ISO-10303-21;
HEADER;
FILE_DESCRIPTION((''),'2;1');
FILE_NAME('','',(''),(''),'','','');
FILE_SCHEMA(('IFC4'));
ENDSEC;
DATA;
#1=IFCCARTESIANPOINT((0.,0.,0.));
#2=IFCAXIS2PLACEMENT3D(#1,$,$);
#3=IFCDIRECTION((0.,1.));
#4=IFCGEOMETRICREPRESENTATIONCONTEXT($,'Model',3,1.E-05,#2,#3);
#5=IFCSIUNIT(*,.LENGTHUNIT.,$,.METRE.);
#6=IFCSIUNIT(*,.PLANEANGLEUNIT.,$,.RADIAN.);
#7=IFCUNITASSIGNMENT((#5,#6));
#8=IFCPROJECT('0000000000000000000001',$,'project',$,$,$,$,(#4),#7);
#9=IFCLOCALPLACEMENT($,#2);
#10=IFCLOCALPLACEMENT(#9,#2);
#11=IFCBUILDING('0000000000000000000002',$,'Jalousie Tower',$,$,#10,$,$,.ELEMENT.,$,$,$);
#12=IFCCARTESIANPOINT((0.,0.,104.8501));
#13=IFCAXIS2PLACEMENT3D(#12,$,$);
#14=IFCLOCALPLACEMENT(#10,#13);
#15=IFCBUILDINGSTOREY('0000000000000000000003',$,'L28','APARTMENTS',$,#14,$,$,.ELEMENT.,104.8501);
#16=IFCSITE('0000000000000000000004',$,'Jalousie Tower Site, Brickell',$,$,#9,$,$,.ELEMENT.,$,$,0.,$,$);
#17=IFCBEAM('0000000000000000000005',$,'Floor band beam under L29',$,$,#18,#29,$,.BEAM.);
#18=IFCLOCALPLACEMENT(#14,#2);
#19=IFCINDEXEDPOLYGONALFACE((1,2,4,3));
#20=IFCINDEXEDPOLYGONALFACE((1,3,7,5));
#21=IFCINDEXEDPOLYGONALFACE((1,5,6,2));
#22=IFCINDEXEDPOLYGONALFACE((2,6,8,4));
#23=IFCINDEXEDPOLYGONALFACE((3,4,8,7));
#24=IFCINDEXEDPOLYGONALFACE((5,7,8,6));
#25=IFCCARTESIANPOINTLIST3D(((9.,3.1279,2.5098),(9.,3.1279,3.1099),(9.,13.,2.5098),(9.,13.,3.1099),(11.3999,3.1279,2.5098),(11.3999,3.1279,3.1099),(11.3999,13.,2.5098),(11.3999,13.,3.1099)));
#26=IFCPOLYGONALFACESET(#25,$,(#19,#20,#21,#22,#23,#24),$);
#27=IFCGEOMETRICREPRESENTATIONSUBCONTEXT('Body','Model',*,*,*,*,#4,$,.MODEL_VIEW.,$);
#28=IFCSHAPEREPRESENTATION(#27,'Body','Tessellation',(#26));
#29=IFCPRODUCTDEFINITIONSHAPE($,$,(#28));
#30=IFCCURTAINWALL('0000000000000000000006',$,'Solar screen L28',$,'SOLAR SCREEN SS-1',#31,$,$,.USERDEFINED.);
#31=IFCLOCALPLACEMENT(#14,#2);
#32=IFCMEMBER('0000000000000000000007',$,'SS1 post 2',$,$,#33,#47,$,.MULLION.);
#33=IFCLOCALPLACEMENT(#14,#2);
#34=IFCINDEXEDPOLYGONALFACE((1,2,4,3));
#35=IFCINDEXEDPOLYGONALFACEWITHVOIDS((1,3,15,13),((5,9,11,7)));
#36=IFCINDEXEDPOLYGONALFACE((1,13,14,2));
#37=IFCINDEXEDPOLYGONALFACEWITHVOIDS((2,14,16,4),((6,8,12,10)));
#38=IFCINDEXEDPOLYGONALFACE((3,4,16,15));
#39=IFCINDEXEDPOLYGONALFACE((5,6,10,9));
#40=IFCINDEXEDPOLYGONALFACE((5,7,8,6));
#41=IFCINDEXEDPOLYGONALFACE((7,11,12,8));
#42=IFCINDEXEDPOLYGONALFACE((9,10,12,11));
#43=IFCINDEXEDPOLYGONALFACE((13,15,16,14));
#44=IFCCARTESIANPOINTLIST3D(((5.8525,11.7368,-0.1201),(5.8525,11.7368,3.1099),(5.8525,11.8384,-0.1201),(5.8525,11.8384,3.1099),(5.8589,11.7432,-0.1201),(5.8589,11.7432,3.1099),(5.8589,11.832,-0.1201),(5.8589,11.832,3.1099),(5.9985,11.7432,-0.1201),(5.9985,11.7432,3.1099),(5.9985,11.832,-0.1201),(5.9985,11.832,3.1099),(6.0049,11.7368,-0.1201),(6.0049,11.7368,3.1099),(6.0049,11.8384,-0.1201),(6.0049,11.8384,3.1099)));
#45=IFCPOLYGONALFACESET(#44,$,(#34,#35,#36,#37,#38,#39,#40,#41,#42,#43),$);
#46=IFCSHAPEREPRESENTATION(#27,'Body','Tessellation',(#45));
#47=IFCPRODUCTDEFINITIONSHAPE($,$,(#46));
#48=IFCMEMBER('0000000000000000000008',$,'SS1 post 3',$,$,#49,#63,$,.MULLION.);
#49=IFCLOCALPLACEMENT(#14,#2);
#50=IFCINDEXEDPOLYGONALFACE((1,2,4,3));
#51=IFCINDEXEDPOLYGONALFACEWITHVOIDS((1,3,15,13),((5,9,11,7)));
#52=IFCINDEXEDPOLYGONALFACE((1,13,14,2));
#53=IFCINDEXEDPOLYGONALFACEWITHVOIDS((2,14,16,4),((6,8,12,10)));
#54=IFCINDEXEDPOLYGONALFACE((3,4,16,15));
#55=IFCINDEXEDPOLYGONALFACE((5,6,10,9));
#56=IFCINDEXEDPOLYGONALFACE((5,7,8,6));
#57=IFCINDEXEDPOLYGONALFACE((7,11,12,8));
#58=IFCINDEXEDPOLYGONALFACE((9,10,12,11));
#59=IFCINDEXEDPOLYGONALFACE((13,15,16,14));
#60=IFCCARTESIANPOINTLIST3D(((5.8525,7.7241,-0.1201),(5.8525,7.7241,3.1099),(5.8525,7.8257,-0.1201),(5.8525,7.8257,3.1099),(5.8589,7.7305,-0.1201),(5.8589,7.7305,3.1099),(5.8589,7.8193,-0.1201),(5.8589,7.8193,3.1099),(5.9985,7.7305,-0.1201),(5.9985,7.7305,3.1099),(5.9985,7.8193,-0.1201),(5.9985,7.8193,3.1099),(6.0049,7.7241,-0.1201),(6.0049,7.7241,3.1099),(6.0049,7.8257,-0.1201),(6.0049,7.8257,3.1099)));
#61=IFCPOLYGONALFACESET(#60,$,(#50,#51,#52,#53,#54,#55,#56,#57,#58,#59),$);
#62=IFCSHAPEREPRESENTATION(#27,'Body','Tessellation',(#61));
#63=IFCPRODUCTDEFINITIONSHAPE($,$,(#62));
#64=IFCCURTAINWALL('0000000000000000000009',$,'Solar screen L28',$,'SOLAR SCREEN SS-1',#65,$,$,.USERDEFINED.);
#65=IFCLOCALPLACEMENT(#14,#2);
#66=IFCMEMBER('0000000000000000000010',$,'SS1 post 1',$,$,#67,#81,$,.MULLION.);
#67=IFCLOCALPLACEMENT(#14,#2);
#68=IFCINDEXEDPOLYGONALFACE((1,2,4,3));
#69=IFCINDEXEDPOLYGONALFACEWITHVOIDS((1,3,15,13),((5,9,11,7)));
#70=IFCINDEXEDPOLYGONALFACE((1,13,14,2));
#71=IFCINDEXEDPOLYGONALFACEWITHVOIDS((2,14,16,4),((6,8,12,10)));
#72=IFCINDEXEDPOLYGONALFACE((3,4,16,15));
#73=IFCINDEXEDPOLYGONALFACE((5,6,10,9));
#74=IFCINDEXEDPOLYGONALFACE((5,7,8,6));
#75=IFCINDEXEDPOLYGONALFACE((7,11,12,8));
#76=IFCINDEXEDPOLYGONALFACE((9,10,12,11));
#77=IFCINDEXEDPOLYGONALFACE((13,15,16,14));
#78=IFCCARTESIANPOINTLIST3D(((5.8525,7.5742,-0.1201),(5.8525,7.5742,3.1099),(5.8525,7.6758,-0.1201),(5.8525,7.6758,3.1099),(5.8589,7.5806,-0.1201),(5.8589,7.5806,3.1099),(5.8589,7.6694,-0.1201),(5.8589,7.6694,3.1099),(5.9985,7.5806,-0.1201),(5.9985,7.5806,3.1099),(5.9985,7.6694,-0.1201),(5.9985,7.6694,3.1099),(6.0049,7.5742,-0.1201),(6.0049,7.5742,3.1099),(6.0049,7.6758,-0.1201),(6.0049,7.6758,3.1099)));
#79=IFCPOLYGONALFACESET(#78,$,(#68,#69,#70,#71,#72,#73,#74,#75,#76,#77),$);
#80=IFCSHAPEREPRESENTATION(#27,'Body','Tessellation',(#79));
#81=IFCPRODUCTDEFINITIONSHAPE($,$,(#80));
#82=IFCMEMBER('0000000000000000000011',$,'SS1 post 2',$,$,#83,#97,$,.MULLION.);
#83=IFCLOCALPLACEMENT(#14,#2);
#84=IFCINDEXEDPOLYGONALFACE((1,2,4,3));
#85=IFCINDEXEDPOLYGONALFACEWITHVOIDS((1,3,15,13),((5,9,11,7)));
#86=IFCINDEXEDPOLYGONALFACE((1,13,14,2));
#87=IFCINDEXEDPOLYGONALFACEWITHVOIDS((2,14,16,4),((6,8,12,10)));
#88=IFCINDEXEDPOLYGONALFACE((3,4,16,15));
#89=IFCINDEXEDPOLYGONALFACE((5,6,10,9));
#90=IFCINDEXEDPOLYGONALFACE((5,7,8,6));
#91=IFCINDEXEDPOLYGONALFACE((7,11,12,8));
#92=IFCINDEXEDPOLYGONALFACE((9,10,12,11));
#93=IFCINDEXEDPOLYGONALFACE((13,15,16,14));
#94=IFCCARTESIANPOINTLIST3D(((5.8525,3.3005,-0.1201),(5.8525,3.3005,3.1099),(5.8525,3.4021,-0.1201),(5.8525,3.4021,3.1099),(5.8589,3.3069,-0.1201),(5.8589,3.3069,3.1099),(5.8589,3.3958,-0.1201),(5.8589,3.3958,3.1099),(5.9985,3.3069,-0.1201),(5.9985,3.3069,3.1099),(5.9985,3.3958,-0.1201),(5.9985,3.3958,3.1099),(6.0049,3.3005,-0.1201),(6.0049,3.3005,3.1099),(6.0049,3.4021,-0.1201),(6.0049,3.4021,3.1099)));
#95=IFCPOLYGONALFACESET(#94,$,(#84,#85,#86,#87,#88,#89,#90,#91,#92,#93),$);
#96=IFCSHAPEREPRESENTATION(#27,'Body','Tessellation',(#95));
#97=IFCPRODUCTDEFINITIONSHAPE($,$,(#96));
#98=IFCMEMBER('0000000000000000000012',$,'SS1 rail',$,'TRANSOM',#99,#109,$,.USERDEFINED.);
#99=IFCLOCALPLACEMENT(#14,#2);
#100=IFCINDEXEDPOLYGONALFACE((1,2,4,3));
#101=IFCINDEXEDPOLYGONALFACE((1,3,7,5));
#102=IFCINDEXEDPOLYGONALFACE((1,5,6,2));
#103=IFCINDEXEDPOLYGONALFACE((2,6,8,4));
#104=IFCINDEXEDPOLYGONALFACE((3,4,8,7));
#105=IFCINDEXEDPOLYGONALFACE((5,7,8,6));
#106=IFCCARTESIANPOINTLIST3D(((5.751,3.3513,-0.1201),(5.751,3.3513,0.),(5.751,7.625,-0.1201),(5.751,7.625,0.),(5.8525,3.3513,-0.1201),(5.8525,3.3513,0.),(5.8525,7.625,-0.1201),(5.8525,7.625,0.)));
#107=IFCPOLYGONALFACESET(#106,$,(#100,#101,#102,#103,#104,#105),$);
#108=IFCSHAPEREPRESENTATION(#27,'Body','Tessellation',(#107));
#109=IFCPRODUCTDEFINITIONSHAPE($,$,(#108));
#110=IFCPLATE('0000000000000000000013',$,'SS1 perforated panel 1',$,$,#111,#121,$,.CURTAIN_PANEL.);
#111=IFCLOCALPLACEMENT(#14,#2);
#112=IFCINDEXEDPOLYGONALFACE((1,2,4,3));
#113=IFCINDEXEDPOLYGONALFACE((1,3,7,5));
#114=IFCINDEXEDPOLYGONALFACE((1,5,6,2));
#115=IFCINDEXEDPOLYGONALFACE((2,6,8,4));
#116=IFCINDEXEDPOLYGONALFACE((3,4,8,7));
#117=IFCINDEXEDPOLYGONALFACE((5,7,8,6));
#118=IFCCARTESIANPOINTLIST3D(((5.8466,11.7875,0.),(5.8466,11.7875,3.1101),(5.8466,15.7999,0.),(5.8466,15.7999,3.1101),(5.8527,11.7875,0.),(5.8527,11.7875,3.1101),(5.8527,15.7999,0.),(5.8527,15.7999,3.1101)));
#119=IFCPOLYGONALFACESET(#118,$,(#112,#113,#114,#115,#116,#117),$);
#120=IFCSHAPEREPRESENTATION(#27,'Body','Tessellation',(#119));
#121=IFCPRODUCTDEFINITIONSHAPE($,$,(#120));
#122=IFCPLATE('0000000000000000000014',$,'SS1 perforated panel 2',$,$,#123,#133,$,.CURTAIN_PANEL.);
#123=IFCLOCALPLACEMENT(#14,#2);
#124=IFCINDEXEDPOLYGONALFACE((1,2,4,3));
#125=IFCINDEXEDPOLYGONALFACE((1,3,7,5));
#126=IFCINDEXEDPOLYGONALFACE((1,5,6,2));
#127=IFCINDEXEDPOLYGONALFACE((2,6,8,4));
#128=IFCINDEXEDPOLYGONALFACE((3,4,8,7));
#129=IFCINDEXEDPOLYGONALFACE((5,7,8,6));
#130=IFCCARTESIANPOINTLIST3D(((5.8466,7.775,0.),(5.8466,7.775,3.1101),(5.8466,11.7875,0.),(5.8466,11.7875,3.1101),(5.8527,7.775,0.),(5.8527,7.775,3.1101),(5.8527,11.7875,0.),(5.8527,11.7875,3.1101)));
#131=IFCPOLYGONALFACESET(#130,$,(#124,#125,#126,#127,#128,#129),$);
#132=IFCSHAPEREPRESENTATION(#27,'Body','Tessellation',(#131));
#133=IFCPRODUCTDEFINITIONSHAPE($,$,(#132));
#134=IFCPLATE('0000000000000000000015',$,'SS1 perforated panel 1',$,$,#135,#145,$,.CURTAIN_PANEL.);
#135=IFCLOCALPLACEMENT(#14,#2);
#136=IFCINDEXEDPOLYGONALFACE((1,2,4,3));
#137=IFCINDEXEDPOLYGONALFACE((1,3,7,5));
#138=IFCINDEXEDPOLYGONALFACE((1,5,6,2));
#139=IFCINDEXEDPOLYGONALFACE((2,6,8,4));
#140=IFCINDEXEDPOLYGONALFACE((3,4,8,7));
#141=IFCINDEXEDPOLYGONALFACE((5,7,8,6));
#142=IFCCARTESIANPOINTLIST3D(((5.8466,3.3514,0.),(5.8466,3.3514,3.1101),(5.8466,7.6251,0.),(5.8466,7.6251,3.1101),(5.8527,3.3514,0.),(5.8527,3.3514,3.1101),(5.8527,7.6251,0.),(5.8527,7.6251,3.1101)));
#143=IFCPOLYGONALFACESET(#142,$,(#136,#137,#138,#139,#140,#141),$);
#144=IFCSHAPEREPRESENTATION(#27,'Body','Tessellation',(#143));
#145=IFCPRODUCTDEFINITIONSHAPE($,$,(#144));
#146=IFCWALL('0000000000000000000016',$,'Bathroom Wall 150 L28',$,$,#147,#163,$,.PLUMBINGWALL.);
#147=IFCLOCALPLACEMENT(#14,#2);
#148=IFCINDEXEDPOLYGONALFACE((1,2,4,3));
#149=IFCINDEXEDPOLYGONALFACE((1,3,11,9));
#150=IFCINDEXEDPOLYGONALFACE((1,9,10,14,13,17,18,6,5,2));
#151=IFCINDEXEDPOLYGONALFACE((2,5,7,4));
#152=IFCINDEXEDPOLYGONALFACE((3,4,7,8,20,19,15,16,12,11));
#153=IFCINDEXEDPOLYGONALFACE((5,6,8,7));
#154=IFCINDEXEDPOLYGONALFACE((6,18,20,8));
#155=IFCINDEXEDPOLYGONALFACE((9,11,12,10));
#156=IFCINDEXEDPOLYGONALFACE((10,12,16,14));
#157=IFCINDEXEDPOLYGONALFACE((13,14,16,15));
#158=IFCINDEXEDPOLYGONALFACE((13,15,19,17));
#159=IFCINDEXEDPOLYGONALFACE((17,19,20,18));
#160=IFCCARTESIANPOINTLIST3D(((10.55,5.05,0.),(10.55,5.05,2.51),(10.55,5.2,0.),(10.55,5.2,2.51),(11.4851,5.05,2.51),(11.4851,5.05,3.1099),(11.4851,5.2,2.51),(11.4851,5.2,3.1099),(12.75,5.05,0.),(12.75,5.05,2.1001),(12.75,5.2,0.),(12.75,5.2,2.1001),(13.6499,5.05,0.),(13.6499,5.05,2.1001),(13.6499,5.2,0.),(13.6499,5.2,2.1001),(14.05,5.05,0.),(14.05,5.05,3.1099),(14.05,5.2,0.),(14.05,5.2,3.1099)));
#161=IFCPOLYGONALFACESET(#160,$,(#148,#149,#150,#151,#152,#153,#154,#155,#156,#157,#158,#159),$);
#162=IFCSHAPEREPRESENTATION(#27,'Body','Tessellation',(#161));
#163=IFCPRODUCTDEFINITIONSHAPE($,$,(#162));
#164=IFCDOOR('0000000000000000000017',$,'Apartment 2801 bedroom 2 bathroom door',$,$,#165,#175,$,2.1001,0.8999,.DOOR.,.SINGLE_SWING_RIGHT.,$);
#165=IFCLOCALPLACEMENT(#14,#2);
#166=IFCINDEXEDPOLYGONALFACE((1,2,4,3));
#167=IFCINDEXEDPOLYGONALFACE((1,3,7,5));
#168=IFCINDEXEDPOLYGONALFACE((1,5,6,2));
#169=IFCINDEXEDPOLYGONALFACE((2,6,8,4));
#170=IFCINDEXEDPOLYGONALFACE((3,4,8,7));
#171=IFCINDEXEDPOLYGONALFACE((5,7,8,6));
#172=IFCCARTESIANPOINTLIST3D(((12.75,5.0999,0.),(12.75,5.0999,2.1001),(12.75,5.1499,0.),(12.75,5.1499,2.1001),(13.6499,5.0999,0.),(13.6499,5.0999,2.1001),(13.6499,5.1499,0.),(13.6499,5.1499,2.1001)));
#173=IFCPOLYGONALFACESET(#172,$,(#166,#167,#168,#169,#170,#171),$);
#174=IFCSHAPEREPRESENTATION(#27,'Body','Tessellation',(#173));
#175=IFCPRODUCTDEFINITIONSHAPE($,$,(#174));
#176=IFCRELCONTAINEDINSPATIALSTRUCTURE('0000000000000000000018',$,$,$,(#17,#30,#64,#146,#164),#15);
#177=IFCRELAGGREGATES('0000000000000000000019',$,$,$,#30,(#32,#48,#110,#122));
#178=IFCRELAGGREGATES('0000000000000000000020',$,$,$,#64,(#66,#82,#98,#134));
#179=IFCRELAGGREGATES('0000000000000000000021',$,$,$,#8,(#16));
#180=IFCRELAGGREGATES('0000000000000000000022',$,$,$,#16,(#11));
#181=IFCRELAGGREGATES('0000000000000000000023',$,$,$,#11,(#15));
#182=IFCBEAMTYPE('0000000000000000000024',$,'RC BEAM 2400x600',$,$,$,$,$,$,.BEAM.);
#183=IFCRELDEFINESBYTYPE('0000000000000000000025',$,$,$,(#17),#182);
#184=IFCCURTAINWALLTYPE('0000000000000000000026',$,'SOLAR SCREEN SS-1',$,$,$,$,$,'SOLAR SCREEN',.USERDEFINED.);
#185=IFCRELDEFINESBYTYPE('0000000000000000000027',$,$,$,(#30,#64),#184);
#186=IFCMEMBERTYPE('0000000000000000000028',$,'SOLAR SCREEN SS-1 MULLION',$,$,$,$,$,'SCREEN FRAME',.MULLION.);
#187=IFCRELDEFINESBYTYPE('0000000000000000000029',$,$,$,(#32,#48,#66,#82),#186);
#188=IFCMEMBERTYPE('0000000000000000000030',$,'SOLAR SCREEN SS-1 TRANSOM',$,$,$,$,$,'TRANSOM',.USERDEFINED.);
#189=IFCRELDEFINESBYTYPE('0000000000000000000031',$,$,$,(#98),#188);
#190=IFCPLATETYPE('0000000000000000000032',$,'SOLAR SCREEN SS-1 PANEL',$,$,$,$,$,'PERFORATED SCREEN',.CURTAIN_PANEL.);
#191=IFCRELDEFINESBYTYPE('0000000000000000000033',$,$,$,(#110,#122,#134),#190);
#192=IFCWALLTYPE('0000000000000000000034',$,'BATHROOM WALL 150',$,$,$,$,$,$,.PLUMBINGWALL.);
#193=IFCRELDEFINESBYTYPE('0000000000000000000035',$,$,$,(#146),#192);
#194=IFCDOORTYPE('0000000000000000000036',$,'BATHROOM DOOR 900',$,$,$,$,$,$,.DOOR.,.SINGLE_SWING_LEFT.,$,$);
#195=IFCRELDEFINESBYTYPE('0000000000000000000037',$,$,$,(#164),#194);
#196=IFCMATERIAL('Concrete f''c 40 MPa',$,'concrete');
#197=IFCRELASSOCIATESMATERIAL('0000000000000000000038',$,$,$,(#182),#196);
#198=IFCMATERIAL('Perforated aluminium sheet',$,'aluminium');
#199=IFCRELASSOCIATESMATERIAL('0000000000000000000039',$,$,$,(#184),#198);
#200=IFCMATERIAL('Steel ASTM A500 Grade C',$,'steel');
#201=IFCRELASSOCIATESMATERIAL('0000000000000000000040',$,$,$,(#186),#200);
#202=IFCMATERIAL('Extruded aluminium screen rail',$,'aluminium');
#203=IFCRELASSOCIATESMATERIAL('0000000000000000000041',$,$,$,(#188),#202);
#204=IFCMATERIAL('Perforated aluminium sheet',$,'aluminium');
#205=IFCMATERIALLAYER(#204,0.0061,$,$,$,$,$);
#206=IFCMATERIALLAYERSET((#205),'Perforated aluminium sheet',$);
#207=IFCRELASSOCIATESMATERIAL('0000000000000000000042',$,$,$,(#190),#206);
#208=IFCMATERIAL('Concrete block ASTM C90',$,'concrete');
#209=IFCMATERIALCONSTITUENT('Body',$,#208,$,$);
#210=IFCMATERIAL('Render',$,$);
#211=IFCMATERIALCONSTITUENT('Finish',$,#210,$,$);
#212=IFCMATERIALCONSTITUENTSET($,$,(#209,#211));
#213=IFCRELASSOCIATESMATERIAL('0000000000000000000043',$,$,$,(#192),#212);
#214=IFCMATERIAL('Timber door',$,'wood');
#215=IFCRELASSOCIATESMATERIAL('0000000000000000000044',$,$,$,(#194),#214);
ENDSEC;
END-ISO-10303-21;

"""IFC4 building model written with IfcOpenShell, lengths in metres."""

from ifc_helpers import new_model, si_unit, direction, frame, frame_2d, origin, origin_2d, place, context, subcontext, project, spatial, polyline, rectangle, hollow_rectangle, outline, extrude, material, layer, layer_set, constituent, constituent_set, material_profile, profile_set, type_object, element, fill, aggregate, save


model = new_model("IFC4")

# Units and contexts
model_context = context("Model", 3, precision=1e-05, world=origin(), true_north=direction((0.0, 1.0)))
body_context = subcontext(model_context, "Body", "Model", "MODEL_VIEW")
ifc_project = project(units=[si_unit("LENGTHUNIT", "METRE"), si_unit("PLANEANGLEUNIT", "RADIAN")], contexts=[model_context])

# Site, building, storey
site_placement = place(None, origin())
site = spatial("IfcSite", under=ifc_project, at=site_placement, Name="Jalousie Tower Site, Brickell", CompositionType="ELEMENT", RefElevation=0.0)
building_placement = place(site_placement, origin())
building = spatial("IfcBuilding", under=site, at=building_placement, Name="Jalousie Tower", CompositionType="ELEMENT")
storey_placement = place(building_placement, frame((0.0, 0.0, 104.8501)))
storey = spatial("IfcBuildingStorey", under=building, at=storey_placement, Name="L28", Description="APARTMENTS", CompositionType="ELEMENT", Elevation=104.8501)

# Beam
ifc_material_1 = material(Name="Concrete f'c 40 MPa", Category="concrete")
ifc_material_profile_1 = material_profile(ifc_material_1, rectangle(XDim=2.3999, YDim=0.6001, at=origin_2d()), Name="RC 2400x600")
ifc_profile_set_1 = profile_set([ifc_material_profile_1], Name="Concrete f'c 40 MPa")
beam_type_1 = type_object("IfcBeamType", Name="RC BEAM 2400x600", PredefinedType="BEAM", material=ifc_profile_set_1)
beam_1_placement = place(storey_placement, frame((10.2, 13.0, 2.8098), z_axis=(0.0, -1.0, 0.0), x_axis=(1.0, 0.0, 0.0)))
element("IfcBeam", 1, at=beam_1_placement, inside=storey, type_object=beam_type_1, Name="Floor band beam under L29", PredefinedType="BEAM", context=body_context, shape_type="SweptSolid", body=[
    extrude(rectangle(XDim=2.3999, YDim=0.6001, at=origin_2d()), origin(), (0.0, 0.0, 1.0), 9.8721),
])

# Curtain walls, members
ifc_material_2 = material(Name="Perforated aluminium sheet", Category="aluminium")
curtain_wall_type = type_object("IfcCurtainWallType", Name="SOLAR SCREEN SS-1", ElementType="SOLAR SCREEN", PredefinedType="USERDEFINED", material=ifc_material_2)
curtain_wall_1_placement = place(storey_placement, origin())
curtain_wall_1 = element("IfcCurtainWall", 2, at=curtain_wall_1_placement, inside=storey, type_object=curtain_wall_type, Name="Solar screen L28", ObjectType="SOLAR SCREEN SS-1", PredefinedType="USERDEFINED")
ifc_material_3 = material(Name="Steel ASTM A500 Grade C", Category="steel")
ifc_material_profile_2 = material_profile(ifc_material_3, hollow_rectangle(XDim=0.1016, YDim=0.1523, WallThickness=0.0063, at=origin_2d()), Name="HSS6X4X1/4")
ifc_profile_set_2 = profile_set([ifc_material_profile_2], Name="Steel ASTM A500 Grade C")
member_type_1 = type_object("IfcMemberType", Name="SOLAR SCREEN SS-1 MULLION", ElementType="SCREEN FRAME", PredefinedType="MULLION", material=ifc_profile_set_2)
member_1_placement = place(storey_placement, frame((5.9287, 11.7876, -0.1201), z_axis=(0.0, 0.0, 1.0), x_axis=(0.0, -1.0, 0.0)))
member_1 = element("IfcMember", 3, at=member_1_placement, type_object=member_type_1, Name="SS1 post 2", PredefinedType="MULLION", context=body_context, shape_type="SweptSolid", body=[
    extrude(hollow_rectangle(XDim=0.1016, YDim=0.1523, WallThickness=0.0063, at=origin_2d()), origin(), (0.0, 0.0, 1.0), 3.23),
])
member_2_placement = place(storey_placement, frame((5.9287, 7.7749, -0.1201), z_axis=(0.0, 0.0, 1.0), x_axis=(0.0, -1.0, 0.0)))
member_2 = element("IfcMember", 4, at=member_2_placement, type_object=member_type_1, Name="SS1 post 3", PredefinedType="MULLION", context=body_context, shape_type="SweptSolid", body=[
    extrude(hollow_rectangle(XDim=0.1016, YDim=0.1523, WallThickness=0.0063, at=origin_2d()), origin(), (0.0, 0.0, 1.0), 3.23),
])
curtain_wall_2_placement = place(storey_placement, origin())
curtain_wall_2 = element("IfcCurtainWall", 5, at=curtain_wall_2_placement, inside=storey, type_object=curtain_wall_type, Name="Solar screen L28", ObjectType="SOLAR SCREEN SS-1", PredefinedType="USERDEFINED")
member_3_placement = place(storey_placement, frame((5.9287, 7.625, -0.1201), z_axis=(0.0, 0.0, 1.0), x_axis=(0.0, -1.0, 0.0)))
member_3 = element("IfcMember", 6, at=member_3_placement, type_object=member_type_1, Name="SS1 post 1", PredefinedType="MULLION", context=body_context, shape_type="SweptSolid", body=[
    extrude(hollow_rectangle(XDim=0.1016, YDim=0.1523, WallThickness=0.0063, at=origin_2d()), origin(), (0.0, 0.0, 1.0), 3.23),
])
member_4_placement = place(storey_placement, frame((5.9287, 3.3513, -0.1201), z_axis=(0.0, 0.0, 1.0), x_axis=(0.0, -1.0, 0.0)))
member_4 = element("IfcMember", 7, at=member_4_placement, type_object=member_type_1, Name="SS1 post 2", PredefinedType="MULLION", context=body_context, shape_type="SweptSolid", body=[
    extrude(hollow_rectangle(XDim=0.1016, YDim=0.1523, WallThickness=0.0063, at=origin_2d()), origin(), (0.0, 0.0, 1.0), 3.23),
])
ifc_material_4 = material(Name="Extruded aluminium screen rail", Category="aluminium")
ifc_material_profile_3 = material_profile(ifc_material_4, rectangle(XDim=0.1016, YDim=0.1201, at=origin_2d()), Name="RAIL 102x120")
ifc_profile_set_3 = profile_set([ifc_material_profile_3], Name="Extruded aluminium screen rail")
member_type_2 = type_object("IfcMemberType", Name="SOLAR SCREEN SS-1 TRANSOM", ElementType="TRANSOM", PredefinedType="USERDEFINED", material=ifc_profile_set_3)
member_5_placement = place(storey_placement, frame((5.8018, 7.625, -0.0601), z_axis=(0.0, -1.0, 0.0), x_axis=(1.0, 0.0, 0.0)))
member_5 = element("IfcMember", 8, at=member_5_placement, type_object=member_type_2, Name="SS1 rail", ObjectType="TRANSOM", PredefinedType="USERDEFINED", context=body_context, shape_type="SweptSolid", body=[
    extrude(rectangle(XDim=0.1016, YDim=0.1201, at=origin_2d()), origin(), (0.0, 0.0, 1.0), 4.2737),
])

# Plates
ifc_material_5 = material(Name="Perforated aluminium sheet", Category="aluminium")
ifc_layer_1 = layer(ifc_material_5, 0.0061)
ifc_layer_set_1 = layer_set([ifc_layer_1], Name="Perforated aluminium sheet")
plate_type = type_object("IfcPlateType", Name="SOLAR SCREEN SS-1 PANEL", ElementType="PERFORATED SCREEN", PredefinedType="CURTAIN_PANEL", material=ifc_layer_set_1)
plate_1_placement = place(storey_placement, frame((5.8496, 13.7937, 0.0), z_axis=(0.0, 0.0, 1.0), x_axis=(0.0, -1.0, 0.0)))
plate_1 = element("IfcPlate", 9, at=plate_1_placement, type_object=plate_type, Name="SS1 perforated panel 1", PredefinedType="CURTAIN_PANEL", context=body_context, shape_type="SweptSolid", body=[
    extrude(rectangle(XDim=4.0125, YDim=0.0061, at=origin_2d()), origin(), (0.0, 0.0, 1.0), 3.1101),
])
plate_2_placement = place(storey_placement, frame((5.8496, 9.7812, 0.0), z_axis=(0.0, 0.0, 1.0), x_axis=(0.0, -1.0, 0.0)))
plate_2 = element("IfcPlate", 10, at=plate_2_placement, type_object=plate_type, Name="SS1 perforated panel 2", PredefinedType="CURTAIN_PANEL", context=body_context, shape_type="SweptSolid", body=[
    extrude(rectangle(XDim=4.0125, YDim=0.0061, at=origin_2d()), origin(), (0.0, 0.0, 1.0), 3.1101),
])
aggregate(curtain_wall_1, [member_1, member_2, plate_1, plate_2])
plate_3_placement = place(storey_placement, frame((5.8496, 5.4883, 0.0), z_axis=(0.0, 0.0, 1.0), x_axis=(0.0, -1.0, 0.0)))
plate_3 = element("IfcPlate", 11, at=plate_3_placement, type_object=plate_type, Name="SS1 perforated panel 1", PredefinedType="CURTAIN_PANEL", context=body_context, shape_type="SweptSolid", body=[
    extrude(rectangle(XDim=4.2737, YDim=0.0061, at=origin_2d()), origin(), (0.0, 0.0, 1.0), 3.1101),
])
aggregate(curtain_wall_2, [member_3, member_4, member_5, plate_3])

# Wall, opening, door
ifc_material_6 = material(Name="Concrete block ASTM C90", Category="concrete")
ifc_constituent_1 = constituent(ifc_material_6, Name="Body")
ifc_material_7 = material(Name="Render")
ifc_constituent_2 = constituent(ifc_material_7, Name="Finish")
ifc_constituent_set_1 = constituent_set(constituents=[ifc_constituent_1, ifc_constituent_2])
wall_type_1 = type_object("IfcWallType", Name="BATHROOM WALL 150", PredefinedType="PLUMBINGWALL", material=ifc_constituent_set_1)
wall_1_placement = place(storey_placement, frame((10.55, 5.125, 0.0), z_axis=(0.0, 0.0, 1.0), x_axis=(1.0, 0.0, 0.0)))
wall_1 = element("IfcWall", 12, at=wall_1_placement, inside=storey, type_object=wall_type_1, Name="Bathroom Wall 150 L28", PredefinedType="PLUMBINGWALL", context=body_context, shape_type="SweptSolid", body=[
    extrude(outline(polyline([(0.0, 0.0), (3.5, 0.0), (3.5, 3.1099), (0.9351, 3.1099), (0.9351, 2.51), (0.0, 2.51), (0.0, 3.1099), (0.0, 0.0)])), frame((0.0, 0.075, 0.0), z_axis=(0.0, -1.0, 0.0), x_axis=(1.0, 0.0, 0.0)), (0.0, 0.0, 1.0), 0.1499),
])
opening_1_placement = place(wall_1_placement, frame((2.2, 0.0, 0.0)))
opening_1 = element("IfcOpeningElement", 13, at=opening_1_placement, cuts=wall_1, PredefinedType="OPENING", context=body_context, shape_type="SweptSolid", body=[
    extrude(rectangle(XDim=0.8999, YDim=2.1001, at=frame_2d((0.45, 1.05))), frame((0.0, 0.085, 0.0), z_axis=(0.0, -1.0, 0.0), x_axis=(1.0, 0.0, 0.0)), (0.0, 0.0, 1.0), 0.1699),
])
ifc_material_8 = material(Name="Timber door", Category="wood")
door_type_1 = type_object("IfcDoorType", Name="BATHROOM DOOR 900", OperationType="SINGLE_SWING_LEFT", PredefinedType="DOOR", material=ifc_material_8)
door_1_placement = place(opening_1_placement, origin())
door_1 = element("IfcDoor", 14, at=door_1_placement, inside=storey, type_object=door_type_1, Name="Apartment 2801 bedroom 2 bathroom door", OperationType="SINGLE_SWING_RIGHT", OverallHeight=2.1001, OverallWidth=0.8999, PredefinedType="DOOR", context=body_context, shape_type="SweptSolid", body=[
    extrude(rectangle(XDim=0.8999, YDim=2.1001, at=frame_2d((0.45, 1.05))), frame((0.0, 0.0249, 0.0), z_axis=(0.0, -1.0, 0.0), x_axis=(1.0, 0.0, 0.0)), (0.0, 0.0, 1.0), 0.05),
])
fill(opening_1, door_1)

save(model, "model.ifc")
